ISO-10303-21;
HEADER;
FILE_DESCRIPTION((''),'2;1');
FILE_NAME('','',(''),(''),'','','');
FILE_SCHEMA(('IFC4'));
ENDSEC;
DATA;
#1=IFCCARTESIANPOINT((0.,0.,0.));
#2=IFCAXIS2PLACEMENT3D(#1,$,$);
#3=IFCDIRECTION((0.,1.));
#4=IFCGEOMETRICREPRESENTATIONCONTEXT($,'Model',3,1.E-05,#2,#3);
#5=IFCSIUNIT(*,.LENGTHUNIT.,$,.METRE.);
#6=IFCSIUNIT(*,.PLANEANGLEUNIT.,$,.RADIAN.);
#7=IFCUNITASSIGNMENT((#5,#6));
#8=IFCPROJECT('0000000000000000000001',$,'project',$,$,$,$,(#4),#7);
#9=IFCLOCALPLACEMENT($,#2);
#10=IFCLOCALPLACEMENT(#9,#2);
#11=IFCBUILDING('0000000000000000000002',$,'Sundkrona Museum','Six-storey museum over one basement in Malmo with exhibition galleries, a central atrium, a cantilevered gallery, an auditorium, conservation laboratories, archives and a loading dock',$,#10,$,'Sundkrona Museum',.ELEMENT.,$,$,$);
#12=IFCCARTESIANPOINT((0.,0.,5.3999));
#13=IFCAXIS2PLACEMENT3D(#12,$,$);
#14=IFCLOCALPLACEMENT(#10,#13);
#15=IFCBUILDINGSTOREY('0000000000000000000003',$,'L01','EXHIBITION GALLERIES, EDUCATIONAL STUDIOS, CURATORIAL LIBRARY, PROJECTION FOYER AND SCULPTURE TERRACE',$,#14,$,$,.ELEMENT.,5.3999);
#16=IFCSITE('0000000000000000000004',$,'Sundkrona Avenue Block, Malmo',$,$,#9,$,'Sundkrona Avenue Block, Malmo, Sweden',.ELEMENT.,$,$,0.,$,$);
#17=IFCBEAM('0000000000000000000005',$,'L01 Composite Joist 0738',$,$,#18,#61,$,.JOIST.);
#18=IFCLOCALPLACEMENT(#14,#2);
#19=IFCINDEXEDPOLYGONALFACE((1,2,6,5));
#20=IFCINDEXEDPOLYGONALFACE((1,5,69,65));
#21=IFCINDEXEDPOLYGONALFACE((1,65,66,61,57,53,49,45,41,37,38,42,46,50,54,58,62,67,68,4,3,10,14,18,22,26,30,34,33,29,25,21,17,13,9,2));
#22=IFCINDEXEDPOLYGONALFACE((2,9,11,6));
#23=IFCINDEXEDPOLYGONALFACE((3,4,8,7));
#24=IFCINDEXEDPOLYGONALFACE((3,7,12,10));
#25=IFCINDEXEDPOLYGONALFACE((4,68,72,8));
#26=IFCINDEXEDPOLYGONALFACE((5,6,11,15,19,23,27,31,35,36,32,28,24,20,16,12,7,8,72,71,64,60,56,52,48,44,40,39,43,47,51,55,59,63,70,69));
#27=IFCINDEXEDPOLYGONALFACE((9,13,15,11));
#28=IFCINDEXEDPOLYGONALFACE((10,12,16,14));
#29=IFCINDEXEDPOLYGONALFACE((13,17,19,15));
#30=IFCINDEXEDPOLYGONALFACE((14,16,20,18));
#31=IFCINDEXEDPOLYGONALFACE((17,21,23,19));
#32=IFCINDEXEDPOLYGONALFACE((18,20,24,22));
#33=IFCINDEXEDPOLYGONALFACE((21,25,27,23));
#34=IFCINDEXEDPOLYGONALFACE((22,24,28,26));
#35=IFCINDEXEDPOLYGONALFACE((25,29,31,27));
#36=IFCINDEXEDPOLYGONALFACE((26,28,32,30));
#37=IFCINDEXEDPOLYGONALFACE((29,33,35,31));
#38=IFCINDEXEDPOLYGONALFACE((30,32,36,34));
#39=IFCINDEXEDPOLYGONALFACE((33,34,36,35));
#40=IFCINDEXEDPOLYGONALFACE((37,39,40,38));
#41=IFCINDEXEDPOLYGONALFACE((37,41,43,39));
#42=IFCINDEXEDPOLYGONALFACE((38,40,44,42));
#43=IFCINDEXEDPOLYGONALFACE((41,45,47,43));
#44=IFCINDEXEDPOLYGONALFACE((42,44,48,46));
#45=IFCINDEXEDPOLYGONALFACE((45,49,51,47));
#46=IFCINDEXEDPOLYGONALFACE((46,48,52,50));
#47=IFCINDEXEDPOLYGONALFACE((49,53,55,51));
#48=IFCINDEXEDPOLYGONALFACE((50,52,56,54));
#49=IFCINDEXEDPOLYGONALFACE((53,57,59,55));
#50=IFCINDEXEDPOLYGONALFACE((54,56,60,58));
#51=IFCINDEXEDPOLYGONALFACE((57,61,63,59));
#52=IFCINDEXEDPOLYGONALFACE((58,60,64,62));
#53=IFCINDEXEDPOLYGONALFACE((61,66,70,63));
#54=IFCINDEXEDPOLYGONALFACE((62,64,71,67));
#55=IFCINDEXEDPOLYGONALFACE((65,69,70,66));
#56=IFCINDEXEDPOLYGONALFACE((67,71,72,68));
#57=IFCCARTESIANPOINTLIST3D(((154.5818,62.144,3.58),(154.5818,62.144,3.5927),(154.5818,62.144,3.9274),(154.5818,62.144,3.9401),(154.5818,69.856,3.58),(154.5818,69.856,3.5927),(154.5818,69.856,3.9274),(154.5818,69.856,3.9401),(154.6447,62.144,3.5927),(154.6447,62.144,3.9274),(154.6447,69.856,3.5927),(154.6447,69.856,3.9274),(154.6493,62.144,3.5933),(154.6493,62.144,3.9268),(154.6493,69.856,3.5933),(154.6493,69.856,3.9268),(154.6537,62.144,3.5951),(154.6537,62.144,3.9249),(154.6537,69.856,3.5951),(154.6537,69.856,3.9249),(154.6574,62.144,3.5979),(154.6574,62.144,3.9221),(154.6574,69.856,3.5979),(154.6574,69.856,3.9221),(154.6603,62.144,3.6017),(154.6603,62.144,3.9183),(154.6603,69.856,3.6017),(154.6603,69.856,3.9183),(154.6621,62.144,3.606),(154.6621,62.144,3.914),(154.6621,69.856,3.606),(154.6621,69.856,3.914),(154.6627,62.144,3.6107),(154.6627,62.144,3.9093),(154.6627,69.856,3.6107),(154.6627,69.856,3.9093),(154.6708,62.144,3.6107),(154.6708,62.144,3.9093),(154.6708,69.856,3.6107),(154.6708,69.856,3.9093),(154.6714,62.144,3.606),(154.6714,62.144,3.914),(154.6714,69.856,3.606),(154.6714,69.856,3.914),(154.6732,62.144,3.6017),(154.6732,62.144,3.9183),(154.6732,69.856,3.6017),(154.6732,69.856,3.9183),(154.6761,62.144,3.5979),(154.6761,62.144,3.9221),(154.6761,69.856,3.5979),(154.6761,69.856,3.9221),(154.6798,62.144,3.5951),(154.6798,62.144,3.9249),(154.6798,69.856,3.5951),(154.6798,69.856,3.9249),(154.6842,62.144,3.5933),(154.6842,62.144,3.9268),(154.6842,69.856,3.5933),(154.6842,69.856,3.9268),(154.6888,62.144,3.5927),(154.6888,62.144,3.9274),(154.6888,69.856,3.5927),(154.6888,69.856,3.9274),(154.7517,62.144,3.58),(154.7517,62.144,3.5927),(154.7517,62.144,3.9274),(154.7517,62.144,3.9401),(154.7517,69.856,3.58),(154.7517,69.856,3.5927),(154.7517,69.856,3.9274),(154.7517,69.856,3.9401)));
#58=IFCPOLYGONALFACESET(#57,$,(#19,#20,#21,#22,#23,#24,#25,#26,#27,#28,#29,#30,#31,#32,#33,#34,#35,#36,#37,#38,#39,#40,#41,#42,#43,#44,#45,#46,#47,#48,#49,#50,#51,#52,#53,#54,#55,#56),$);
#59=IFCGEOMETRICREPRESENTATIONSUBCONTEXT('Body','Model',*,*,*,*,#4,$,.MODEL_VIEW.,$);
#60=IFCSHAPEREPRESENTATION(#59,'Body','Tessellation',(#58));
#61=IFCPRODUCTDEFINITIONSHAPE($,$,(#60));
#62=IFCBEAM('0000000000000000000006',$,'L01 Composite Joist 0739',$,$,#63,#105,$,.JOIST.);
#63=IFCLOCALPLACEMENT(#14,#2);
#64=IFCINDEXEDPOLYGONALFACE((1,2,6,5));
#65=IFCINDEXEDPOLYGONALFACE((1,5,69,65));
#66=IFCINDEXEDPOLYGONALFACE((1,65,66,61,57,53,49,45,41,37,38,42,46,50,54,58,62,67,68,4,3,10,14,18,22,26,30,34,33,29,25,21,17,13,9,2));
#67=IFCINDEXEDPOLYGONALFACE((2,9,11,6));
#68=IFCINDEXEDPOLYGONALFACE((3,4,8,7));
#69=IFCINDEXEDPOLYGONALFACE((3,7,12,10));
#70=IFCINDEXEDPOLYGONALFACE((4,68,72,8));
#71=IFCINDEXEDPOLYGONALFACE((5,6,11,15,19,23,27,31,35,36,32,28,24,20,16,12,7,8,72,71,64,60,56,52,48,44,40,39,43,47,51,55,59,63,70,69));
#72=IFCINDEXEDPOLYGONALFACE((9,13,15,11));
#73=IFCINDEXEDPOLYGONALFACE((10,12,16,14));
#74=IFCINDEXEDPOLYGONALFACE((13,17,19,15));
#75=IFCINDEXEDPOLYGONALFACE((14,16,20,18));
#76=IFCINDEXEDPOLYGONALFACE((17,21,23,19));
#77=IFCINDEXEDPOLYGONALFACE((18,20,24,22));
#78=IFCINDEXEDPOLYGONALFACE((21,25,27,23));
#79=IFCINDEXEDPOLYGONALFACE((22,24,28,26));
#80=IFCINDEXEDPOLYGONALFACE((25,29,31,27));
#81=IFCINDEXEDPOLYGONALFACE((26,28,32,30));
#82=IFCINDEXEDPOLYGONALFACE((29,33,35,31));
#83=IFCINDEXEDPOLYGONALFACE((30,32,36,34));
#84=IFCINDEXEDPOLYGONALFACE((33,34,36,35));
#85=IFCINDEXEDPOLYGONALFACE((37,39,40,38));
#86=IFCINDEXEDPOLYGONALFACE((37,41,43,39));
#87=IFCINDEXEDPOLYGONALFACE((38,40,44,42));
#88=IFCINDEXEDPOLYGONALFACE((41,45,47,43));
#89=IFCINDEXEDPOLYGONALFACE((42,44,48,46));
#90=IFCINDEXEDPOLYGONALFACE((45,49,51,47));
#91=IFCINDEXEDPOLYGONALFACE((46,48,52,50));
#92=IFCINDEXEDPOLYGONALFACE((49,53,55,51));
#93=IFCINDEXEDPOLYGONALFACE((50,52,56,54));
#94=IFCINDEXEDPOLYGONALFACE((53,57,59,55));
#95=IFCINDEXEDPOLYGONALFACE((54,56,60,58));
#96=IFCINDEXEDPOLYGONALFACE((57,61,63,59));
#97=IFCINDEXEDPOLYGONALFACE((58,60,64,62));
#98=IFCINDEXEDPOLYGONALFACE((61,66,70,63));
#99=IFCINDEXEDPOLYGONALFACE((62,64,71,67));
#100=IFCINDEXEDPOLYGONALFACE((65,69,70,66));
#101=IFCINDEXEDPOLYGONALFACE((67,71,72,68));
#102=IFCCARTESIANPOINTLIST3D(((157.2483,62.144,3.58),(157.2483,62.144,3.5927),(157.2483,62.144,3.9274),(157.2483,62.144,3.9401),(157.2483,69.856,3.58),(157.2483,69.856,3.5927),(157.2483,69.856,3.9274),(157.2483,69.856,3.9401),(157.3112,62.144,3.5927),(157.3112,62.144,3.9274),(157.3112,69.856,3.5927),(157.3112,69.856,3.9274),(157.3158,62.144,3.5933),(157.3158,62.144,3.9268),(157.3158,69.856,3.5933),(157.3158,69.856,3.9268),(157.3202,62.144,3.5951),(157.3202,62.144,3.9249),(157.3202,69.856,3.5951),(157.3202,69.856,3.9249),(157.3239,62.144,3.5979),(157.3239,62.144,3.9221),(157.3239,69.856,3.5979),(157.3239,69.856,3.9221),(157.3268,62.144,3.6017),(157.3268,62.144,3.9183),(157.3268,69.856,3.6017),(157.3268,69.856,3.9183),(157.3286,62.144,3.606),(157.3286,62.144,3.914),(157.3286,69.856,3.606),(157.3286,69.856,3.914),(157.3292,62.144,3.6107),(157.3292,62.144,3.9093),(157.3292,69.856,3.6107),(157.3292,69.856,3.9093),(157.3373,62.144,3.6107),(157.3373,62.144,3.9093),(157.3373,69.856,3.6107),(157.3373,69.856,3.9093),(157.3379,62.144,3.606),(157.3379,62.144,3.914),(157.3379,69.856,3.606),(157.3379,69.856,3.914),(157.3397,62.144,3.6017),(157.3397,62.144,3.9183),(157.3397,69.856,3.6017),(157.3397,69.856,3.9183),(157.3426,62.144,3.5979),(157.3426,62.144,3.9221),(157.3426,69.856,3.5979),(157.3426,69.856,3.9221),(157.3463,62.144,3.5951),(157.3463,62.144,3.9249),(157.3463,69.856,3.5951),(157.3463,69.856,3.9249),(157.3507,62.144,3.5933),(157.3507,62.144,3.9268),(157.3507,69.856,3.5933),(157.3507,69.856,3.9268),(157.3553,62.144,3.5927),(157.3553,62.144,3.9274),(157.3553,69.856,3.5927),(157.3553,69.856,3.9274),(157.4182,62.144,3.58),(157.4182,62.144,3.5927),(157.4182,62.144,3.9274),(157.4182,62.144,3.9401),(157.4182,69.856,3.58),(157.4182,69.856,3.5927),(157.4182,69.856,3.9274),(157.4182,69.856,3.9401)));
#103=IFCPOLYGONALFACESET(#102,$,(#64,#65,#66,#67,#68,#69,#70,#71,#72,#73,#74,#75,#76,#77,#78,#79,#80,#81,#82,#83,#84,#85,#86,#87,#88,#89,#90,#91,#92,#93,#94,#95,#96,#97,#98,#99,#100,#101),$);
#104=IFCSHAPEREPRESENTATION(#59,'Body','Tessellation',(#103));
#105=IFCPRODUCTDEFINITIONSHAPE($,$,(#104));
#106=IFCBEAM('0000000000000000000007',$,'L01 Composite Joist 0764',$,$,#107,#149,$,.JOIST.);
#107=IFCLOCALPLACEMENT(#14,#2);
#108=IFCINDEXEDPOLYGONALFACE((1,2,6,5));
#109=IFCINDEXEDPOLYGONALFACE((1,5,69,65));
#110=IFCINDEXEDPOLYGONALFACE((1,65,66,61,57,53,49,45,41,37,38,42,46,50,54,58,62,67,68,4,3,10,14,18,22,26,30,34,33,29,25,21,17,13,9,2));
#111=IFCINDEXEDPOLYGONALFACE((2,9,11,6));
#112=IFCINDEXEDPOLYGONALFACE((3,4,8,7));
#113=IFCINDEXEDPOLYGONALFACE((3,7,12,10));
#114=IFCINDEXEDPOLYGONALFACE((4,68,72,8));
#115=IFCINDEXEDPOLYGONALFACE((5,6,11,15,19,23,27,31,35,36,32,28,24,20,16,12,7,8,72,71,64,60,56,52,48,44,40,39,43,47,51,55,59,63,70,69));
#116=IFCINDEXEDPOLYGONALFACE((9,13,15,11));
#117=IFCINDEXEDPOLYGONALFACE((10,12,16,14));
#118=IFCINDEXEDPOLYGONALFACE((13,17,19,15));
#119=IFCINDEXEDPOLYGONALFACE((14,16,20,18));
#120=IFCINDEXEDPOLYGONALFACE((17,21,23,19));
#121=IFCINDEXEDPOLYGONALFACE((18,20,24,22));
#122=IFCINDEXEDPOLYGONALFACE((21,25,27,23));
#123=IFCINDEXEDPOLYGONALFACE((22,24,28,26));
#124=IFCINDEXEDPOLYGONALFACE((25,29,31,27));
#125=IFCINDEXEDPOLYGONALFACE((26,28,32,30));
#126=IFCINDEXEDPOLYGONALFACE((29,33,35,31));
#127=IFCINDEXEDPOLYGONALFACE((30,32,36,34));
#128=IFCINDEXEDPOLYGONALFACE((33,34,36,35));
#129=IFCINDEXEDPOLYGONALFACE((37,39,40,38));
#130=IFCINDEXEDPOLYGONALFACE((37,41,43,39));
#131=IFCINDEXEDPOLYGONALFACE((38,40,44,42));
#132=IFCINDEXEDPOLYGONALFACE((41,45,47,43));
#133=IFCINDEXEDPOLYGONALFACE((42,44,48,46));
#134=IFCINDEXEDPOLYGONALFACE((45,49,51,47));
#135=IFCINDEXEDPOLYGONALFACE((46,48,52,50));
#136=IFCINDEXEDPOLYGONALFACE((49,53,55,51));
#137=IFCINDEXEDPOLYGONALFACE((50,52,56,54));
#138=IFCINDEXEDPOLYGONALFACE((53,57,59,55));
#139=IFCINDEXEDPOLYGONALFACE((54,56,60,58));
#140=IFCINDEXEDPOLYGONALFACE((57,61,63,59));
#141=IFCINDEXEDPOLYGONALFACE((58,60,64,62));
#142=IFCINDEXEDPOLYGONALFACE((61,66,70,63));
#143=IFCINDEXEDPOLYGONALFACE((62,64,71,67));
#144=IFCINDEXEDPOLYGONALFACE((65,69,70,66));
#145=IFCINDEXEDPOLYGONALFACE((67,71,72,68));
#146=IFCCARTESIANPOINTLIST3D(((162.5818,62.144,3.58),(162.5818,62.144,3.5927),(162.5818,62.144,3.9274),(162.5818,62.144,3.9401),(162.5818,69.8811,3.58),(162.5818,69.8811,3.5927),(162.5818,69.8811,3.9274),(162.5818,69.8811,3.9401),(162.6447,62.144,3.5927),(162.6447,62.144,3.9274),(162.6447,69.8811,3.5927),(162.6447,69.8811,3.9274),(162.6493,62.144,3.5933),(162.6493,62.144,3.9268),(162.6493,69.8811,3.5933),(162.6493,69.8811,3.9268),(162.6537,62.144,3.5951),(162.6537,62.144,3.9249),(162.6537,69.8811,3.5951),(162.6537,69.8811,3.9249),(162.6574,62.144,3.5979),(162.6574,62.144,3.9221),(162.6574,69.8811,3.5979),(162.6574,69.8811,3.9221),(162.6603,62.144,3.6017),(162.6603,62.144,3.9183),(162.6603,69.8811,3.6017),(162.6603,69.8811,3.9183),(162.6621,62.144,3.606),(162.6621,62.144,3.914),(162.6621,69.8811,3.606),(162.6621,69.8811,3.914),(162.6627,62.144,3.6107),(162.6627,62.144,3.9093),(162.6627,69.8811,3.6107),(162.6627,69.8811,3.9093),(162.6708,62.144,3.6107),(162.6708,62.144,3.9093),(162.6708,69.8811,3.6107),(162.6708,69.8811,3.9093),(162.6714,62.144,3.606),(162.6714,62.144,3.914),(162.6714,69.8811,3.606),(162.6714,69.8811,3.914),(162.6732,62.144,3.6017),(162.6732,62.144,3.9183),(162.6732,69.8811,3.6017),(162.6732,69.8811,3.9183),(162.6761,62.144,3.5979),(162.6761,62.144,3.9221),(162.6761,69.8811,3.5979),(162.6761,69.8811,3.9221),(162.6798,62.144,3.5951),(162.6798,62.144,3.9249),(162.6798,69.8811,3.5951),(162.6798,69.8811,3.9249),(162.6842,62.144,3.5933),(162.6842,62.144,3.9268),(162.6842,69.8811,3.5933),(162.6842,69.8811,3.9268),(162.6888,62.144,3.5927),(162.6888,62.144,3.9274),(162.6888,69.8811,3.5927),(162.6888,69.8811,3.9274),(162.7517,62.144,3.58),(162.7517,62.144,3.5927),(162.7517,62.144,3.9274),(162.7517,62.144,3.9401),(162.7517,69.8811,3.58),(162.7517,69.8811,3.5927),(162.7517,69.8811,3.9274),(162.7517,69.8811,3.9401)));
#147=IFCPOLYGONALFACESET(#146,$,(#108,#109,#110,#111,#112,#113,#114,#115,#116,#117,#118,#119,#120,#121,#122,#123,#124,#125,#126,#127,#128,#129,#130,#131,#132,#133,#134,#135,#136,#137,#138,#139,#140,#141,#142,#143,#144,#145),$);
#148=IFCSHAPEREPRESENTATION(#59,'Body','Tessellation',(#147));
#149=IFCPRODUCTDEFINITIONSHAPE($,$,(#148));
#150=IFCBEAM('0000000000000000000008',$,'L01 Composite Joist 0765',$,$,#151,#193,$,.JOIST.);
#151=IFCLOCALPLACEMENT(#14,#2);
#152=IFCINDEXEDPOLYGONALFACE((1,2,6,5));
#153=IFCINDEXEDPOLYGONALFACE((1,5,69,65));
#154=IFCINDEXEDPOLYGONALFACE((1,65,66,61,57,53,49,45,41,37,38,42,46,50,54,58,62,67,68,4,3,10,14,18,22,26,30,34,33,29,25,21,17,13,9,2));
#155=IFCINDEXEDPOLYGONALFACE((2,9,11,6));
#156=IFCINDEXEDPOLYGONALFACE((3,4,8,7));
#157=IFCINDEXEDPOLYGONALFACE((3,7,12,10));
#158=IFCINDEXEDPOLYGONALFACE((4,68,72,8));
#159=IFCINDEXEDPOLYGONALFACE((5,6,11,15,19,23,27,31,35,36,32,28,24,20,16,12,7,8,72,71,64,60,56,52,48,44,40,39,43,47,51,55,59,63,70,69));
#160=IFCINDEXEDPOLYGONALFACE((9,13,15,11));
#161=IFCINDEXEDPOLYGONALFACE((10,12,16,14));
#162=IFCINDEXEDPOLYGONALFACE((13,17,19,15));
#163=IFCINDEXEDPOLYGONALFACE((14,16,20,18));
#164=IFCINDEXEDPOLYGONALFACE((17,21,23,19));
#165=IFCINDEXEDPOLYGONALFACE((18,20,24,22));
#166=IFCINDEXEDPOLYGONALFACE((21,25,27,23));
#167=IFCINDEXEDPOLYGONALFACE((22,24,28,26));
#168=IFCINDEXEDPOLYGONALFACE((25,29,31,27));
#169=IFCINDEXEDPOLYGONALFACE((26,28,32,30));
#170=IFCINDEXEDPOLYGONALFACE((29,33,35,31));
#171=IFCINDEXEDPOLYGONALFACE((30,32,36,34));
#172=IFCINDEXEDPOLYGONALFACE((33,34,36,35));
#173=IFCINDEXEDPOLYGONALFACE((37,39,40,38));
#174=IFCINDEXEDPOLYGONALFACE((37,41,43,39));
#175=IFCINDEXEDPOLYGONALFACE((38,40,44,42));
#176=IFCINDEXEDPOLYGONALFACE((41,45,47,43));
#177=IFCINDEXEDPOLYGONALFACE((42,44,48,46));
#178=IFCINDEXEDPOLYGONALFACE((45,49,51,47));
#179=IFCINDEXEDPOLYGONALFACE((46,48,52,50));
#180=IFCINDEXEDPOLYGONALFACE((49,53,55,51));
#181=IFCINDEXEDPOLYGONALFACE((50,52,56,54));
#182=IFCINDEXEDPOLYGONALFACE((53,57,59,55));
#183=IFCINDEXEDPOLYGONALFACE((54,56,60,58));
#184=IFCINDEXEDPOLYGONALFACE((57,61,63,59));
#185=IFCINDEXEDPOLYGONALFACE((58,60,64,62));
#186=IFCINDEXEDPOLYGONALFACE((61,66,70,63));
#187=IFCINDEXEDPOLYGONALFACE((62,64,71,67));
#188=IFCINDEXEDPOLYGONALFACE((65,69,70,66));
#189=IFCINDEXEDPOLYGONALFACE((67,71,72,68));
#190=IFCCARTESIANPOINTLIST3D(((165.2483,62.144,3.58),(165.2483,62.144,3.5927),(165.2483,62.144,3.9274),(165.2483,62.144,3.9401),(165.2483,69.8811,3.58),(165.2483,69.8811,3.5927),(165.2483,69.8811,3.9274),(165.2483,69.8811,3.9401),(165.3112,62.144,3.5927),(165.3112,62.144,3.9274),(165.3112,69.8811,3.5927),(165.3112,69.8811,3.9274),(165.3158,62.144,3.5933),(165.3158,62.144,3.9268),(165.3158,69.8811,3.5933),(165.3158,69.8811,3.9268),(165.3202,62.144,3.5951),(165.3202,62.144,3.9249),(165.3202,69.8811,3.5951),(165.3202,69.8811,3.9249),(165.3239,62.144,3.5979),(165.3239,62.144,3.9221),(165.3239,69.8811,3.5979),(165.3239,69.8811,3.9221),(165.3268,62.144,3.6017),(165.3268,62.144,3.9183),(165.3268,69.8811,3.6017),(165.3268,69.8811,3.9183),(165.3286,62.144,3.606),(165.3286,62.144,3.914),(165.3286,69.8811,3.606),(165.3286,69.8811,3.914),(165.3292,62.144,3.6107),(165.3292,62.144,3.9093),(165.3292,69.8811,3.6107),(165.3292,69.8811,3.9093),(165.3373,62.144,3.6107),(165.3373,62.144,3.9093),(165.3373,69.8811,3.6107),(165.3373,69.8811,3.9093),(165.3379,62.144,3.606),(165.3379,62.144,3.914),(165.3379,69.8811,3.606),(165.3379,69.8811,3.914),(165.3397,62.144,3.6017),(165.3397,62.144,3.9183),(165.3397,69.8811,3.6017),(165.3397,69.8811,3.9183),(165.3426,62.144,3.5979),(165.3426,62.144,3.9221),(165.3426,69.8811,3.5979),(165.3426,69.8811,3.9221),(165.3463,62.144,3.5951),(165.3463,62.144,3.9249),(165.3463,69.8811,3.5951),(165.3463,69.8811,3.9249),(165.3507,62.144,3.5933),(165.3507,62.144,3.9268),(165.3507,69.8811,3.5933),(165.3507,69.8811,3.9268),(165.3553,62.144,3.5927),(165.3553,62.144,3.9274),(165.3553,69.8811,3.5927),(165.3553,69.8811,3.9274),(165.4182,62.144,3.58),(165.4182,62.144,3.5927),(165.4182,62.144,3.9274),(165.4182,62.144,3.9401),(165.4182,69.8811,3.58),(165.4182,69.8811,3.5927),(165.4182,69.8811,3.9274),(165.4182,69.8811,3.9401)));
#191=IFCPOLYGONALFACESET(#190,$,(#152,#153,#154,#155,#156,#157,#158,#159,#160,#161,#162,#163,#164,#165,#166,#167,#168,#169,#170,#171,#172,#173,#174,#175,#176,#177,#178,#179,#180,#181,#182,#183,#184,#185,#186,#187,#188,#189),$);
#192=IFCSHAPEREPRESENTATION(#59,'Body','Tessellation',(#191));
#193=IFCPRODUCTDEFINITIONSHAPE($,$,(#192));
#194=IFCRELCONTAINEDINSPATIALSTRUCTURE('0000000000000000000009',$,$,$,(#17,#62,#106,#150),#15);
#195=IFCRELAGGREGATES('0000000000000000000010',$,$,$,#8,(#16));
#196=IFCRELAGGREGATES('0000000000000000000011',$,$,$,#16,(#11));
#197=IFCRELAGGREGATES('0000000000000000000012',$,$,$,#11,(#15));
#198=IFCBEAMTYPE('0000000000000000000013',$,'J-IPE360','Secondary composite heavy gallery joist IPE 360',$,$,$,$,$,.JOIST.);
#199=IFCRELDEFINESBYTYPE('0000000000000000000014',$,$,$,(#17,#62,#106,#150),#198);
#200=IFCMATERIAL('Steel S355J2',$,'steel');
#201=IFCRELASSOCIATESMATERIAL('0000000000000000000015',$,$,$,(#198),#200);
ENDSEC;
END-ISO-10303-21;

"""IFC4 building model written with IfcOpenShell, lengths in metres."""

from ifc_helpers import new_model, si_unit, direction, frame, origin, origin_2d, place, context, subcontext, project, spatial, i_section, extrude, material, material_profile, profile_set, type_object, element, save


model = new_model("IFC4")

# Units and contexts
model_context = context("Model", 3, precision=1e-05, world=origin(), true_north=direction((0.0, 1.0)))
body_context = subcontext(model_context, "Body", "Model", "MODEL_VIEW")
ifc_project = project(units=[si_unit("LENGTHUNIT", "METRE"), si_unit("PLANEANGLEUNIT", "RADIAN")], contexts=[model_context])

# Site, building, storey
site_placement = place(None, origin())
site = spatial("IfcSite", under=ifc_project, at=site_placement, Name="Sundkrona Avenue Block, Malmo", LongName="Sundkrona Avenue Block, Malmo, Sweden", CompositionType="ELEMENT", RefElevation=0.0)
building_placement = place(site_placement, origin())
building = spatial("IfcBuilding", under=site, at=building_placement, Name="Sundkrona Museum", Description="Six-storey museum over one basement in Malmo with exhibition galleries, a central atrium, a cantilevered gallery, an auditorium, conservation laboratories, archives and a loading dock", LongName="Sundkrona Museum", CompositionType="ELEMENT")
storey_placement = place(building_placement, frame((0.0, 0.0, 5.3999)))
storey = spatial("IfcBuildingStorey", under=building, at=storey_placement, Name="L01", Description="EXHIBITION GALLERIES, EDUCATIONAL STUDIOS, CURATORIAL LIBRARY, PROJECTION FOYER AND SCULPTURE TERRACE", CompositionType="ELEMENT", Elevation=5.3999)

# Shared definitions
ifc_material_1 = material(Name="Steel S355J2", Category="steel")

# Beams
ifc_material_profile_1 = material_profile(ifc_material_1, i_section(OverallWidth=0.1699, OverallDepth=0.3601, WebThickness=0.0081, FlangeThickness=0.0127, FilletRadius=0.0181, at=origin_2d()), Name="IPE 360")
ifc_profile_set_1 = profile_set([ifc_material_profile_1], Name="Steel S355J2")
beam_type_1 = type_object("IfcBeamType", Name="J-IPE360", Description="Secondary composite heavy gallery joist IPE 360", PredefinedType="JOIST", material=ifc_profile_set_1)
for number, where, z_axis, x_axis, name in (
    (1, (154.6667, 62.144, 3.76), (0.0, 1.0, 0.0), (-1.0, 0.0, 0.0), "L01 Composite Joist 0738"),
    (2, (157.3333, 62.144, 3.76), (0.0, 1.0, 0.0), (-1.0, 0.0, 0.0), "L01 Composite Joist 0739"),
):
    element("IfcBeam", number, at=place(storey_placement, frame(where, z_axis=z_axis, x_axis=x_axis)), inside=storey, type_object=beam_type_1, Name=name, PredefinedType="JOIST", context=body_context, shape_type="SweptSolid", body=[
        extrude(i_section(OverallWidth=0.1699, OverallDepth=0.3601, WebThickness=0.0081, FlangeThickness=0.0127, FilletRadius=0.0181, at=origin_2d()), origin(), (0.0, 0.0, 1.0), 7.7119),
    ])
for number, where, z_axis, x_axis, name in (
    (3, (162.6667, 62.144, 3.76), (0.0, 1.0, 0.0), (-1.0, 0.0, 0.0), "L01 Composite Joist 0764"),
    (4, (165.3333, 62.144, 3.76), (0.0, 1.0, 0.0), (-1.0, 0.0, 0.0), "L01 Composite Joist 0765"),
):
    element("IfcBeam", number, at=place(storey_placement, frame(where, z_axis=z_axis, x_axis=x_axis)), inside=storey, type_object=beam_type_1, Name=name, PredefinedType="JOIST", context=body_context, shape_type="SweptSolid", body=[
        extrude(i_section(OverallWidth=0.1699, OverallDepth=0.3601, WebThickness=0.0081, FlangeThickness=0.0127, FilletRadius=0.0181, at=origin_2d()), origin(), (0.0, 0.0, 1.0), 7.7371),
    ])

save(model, "model.ifc")
